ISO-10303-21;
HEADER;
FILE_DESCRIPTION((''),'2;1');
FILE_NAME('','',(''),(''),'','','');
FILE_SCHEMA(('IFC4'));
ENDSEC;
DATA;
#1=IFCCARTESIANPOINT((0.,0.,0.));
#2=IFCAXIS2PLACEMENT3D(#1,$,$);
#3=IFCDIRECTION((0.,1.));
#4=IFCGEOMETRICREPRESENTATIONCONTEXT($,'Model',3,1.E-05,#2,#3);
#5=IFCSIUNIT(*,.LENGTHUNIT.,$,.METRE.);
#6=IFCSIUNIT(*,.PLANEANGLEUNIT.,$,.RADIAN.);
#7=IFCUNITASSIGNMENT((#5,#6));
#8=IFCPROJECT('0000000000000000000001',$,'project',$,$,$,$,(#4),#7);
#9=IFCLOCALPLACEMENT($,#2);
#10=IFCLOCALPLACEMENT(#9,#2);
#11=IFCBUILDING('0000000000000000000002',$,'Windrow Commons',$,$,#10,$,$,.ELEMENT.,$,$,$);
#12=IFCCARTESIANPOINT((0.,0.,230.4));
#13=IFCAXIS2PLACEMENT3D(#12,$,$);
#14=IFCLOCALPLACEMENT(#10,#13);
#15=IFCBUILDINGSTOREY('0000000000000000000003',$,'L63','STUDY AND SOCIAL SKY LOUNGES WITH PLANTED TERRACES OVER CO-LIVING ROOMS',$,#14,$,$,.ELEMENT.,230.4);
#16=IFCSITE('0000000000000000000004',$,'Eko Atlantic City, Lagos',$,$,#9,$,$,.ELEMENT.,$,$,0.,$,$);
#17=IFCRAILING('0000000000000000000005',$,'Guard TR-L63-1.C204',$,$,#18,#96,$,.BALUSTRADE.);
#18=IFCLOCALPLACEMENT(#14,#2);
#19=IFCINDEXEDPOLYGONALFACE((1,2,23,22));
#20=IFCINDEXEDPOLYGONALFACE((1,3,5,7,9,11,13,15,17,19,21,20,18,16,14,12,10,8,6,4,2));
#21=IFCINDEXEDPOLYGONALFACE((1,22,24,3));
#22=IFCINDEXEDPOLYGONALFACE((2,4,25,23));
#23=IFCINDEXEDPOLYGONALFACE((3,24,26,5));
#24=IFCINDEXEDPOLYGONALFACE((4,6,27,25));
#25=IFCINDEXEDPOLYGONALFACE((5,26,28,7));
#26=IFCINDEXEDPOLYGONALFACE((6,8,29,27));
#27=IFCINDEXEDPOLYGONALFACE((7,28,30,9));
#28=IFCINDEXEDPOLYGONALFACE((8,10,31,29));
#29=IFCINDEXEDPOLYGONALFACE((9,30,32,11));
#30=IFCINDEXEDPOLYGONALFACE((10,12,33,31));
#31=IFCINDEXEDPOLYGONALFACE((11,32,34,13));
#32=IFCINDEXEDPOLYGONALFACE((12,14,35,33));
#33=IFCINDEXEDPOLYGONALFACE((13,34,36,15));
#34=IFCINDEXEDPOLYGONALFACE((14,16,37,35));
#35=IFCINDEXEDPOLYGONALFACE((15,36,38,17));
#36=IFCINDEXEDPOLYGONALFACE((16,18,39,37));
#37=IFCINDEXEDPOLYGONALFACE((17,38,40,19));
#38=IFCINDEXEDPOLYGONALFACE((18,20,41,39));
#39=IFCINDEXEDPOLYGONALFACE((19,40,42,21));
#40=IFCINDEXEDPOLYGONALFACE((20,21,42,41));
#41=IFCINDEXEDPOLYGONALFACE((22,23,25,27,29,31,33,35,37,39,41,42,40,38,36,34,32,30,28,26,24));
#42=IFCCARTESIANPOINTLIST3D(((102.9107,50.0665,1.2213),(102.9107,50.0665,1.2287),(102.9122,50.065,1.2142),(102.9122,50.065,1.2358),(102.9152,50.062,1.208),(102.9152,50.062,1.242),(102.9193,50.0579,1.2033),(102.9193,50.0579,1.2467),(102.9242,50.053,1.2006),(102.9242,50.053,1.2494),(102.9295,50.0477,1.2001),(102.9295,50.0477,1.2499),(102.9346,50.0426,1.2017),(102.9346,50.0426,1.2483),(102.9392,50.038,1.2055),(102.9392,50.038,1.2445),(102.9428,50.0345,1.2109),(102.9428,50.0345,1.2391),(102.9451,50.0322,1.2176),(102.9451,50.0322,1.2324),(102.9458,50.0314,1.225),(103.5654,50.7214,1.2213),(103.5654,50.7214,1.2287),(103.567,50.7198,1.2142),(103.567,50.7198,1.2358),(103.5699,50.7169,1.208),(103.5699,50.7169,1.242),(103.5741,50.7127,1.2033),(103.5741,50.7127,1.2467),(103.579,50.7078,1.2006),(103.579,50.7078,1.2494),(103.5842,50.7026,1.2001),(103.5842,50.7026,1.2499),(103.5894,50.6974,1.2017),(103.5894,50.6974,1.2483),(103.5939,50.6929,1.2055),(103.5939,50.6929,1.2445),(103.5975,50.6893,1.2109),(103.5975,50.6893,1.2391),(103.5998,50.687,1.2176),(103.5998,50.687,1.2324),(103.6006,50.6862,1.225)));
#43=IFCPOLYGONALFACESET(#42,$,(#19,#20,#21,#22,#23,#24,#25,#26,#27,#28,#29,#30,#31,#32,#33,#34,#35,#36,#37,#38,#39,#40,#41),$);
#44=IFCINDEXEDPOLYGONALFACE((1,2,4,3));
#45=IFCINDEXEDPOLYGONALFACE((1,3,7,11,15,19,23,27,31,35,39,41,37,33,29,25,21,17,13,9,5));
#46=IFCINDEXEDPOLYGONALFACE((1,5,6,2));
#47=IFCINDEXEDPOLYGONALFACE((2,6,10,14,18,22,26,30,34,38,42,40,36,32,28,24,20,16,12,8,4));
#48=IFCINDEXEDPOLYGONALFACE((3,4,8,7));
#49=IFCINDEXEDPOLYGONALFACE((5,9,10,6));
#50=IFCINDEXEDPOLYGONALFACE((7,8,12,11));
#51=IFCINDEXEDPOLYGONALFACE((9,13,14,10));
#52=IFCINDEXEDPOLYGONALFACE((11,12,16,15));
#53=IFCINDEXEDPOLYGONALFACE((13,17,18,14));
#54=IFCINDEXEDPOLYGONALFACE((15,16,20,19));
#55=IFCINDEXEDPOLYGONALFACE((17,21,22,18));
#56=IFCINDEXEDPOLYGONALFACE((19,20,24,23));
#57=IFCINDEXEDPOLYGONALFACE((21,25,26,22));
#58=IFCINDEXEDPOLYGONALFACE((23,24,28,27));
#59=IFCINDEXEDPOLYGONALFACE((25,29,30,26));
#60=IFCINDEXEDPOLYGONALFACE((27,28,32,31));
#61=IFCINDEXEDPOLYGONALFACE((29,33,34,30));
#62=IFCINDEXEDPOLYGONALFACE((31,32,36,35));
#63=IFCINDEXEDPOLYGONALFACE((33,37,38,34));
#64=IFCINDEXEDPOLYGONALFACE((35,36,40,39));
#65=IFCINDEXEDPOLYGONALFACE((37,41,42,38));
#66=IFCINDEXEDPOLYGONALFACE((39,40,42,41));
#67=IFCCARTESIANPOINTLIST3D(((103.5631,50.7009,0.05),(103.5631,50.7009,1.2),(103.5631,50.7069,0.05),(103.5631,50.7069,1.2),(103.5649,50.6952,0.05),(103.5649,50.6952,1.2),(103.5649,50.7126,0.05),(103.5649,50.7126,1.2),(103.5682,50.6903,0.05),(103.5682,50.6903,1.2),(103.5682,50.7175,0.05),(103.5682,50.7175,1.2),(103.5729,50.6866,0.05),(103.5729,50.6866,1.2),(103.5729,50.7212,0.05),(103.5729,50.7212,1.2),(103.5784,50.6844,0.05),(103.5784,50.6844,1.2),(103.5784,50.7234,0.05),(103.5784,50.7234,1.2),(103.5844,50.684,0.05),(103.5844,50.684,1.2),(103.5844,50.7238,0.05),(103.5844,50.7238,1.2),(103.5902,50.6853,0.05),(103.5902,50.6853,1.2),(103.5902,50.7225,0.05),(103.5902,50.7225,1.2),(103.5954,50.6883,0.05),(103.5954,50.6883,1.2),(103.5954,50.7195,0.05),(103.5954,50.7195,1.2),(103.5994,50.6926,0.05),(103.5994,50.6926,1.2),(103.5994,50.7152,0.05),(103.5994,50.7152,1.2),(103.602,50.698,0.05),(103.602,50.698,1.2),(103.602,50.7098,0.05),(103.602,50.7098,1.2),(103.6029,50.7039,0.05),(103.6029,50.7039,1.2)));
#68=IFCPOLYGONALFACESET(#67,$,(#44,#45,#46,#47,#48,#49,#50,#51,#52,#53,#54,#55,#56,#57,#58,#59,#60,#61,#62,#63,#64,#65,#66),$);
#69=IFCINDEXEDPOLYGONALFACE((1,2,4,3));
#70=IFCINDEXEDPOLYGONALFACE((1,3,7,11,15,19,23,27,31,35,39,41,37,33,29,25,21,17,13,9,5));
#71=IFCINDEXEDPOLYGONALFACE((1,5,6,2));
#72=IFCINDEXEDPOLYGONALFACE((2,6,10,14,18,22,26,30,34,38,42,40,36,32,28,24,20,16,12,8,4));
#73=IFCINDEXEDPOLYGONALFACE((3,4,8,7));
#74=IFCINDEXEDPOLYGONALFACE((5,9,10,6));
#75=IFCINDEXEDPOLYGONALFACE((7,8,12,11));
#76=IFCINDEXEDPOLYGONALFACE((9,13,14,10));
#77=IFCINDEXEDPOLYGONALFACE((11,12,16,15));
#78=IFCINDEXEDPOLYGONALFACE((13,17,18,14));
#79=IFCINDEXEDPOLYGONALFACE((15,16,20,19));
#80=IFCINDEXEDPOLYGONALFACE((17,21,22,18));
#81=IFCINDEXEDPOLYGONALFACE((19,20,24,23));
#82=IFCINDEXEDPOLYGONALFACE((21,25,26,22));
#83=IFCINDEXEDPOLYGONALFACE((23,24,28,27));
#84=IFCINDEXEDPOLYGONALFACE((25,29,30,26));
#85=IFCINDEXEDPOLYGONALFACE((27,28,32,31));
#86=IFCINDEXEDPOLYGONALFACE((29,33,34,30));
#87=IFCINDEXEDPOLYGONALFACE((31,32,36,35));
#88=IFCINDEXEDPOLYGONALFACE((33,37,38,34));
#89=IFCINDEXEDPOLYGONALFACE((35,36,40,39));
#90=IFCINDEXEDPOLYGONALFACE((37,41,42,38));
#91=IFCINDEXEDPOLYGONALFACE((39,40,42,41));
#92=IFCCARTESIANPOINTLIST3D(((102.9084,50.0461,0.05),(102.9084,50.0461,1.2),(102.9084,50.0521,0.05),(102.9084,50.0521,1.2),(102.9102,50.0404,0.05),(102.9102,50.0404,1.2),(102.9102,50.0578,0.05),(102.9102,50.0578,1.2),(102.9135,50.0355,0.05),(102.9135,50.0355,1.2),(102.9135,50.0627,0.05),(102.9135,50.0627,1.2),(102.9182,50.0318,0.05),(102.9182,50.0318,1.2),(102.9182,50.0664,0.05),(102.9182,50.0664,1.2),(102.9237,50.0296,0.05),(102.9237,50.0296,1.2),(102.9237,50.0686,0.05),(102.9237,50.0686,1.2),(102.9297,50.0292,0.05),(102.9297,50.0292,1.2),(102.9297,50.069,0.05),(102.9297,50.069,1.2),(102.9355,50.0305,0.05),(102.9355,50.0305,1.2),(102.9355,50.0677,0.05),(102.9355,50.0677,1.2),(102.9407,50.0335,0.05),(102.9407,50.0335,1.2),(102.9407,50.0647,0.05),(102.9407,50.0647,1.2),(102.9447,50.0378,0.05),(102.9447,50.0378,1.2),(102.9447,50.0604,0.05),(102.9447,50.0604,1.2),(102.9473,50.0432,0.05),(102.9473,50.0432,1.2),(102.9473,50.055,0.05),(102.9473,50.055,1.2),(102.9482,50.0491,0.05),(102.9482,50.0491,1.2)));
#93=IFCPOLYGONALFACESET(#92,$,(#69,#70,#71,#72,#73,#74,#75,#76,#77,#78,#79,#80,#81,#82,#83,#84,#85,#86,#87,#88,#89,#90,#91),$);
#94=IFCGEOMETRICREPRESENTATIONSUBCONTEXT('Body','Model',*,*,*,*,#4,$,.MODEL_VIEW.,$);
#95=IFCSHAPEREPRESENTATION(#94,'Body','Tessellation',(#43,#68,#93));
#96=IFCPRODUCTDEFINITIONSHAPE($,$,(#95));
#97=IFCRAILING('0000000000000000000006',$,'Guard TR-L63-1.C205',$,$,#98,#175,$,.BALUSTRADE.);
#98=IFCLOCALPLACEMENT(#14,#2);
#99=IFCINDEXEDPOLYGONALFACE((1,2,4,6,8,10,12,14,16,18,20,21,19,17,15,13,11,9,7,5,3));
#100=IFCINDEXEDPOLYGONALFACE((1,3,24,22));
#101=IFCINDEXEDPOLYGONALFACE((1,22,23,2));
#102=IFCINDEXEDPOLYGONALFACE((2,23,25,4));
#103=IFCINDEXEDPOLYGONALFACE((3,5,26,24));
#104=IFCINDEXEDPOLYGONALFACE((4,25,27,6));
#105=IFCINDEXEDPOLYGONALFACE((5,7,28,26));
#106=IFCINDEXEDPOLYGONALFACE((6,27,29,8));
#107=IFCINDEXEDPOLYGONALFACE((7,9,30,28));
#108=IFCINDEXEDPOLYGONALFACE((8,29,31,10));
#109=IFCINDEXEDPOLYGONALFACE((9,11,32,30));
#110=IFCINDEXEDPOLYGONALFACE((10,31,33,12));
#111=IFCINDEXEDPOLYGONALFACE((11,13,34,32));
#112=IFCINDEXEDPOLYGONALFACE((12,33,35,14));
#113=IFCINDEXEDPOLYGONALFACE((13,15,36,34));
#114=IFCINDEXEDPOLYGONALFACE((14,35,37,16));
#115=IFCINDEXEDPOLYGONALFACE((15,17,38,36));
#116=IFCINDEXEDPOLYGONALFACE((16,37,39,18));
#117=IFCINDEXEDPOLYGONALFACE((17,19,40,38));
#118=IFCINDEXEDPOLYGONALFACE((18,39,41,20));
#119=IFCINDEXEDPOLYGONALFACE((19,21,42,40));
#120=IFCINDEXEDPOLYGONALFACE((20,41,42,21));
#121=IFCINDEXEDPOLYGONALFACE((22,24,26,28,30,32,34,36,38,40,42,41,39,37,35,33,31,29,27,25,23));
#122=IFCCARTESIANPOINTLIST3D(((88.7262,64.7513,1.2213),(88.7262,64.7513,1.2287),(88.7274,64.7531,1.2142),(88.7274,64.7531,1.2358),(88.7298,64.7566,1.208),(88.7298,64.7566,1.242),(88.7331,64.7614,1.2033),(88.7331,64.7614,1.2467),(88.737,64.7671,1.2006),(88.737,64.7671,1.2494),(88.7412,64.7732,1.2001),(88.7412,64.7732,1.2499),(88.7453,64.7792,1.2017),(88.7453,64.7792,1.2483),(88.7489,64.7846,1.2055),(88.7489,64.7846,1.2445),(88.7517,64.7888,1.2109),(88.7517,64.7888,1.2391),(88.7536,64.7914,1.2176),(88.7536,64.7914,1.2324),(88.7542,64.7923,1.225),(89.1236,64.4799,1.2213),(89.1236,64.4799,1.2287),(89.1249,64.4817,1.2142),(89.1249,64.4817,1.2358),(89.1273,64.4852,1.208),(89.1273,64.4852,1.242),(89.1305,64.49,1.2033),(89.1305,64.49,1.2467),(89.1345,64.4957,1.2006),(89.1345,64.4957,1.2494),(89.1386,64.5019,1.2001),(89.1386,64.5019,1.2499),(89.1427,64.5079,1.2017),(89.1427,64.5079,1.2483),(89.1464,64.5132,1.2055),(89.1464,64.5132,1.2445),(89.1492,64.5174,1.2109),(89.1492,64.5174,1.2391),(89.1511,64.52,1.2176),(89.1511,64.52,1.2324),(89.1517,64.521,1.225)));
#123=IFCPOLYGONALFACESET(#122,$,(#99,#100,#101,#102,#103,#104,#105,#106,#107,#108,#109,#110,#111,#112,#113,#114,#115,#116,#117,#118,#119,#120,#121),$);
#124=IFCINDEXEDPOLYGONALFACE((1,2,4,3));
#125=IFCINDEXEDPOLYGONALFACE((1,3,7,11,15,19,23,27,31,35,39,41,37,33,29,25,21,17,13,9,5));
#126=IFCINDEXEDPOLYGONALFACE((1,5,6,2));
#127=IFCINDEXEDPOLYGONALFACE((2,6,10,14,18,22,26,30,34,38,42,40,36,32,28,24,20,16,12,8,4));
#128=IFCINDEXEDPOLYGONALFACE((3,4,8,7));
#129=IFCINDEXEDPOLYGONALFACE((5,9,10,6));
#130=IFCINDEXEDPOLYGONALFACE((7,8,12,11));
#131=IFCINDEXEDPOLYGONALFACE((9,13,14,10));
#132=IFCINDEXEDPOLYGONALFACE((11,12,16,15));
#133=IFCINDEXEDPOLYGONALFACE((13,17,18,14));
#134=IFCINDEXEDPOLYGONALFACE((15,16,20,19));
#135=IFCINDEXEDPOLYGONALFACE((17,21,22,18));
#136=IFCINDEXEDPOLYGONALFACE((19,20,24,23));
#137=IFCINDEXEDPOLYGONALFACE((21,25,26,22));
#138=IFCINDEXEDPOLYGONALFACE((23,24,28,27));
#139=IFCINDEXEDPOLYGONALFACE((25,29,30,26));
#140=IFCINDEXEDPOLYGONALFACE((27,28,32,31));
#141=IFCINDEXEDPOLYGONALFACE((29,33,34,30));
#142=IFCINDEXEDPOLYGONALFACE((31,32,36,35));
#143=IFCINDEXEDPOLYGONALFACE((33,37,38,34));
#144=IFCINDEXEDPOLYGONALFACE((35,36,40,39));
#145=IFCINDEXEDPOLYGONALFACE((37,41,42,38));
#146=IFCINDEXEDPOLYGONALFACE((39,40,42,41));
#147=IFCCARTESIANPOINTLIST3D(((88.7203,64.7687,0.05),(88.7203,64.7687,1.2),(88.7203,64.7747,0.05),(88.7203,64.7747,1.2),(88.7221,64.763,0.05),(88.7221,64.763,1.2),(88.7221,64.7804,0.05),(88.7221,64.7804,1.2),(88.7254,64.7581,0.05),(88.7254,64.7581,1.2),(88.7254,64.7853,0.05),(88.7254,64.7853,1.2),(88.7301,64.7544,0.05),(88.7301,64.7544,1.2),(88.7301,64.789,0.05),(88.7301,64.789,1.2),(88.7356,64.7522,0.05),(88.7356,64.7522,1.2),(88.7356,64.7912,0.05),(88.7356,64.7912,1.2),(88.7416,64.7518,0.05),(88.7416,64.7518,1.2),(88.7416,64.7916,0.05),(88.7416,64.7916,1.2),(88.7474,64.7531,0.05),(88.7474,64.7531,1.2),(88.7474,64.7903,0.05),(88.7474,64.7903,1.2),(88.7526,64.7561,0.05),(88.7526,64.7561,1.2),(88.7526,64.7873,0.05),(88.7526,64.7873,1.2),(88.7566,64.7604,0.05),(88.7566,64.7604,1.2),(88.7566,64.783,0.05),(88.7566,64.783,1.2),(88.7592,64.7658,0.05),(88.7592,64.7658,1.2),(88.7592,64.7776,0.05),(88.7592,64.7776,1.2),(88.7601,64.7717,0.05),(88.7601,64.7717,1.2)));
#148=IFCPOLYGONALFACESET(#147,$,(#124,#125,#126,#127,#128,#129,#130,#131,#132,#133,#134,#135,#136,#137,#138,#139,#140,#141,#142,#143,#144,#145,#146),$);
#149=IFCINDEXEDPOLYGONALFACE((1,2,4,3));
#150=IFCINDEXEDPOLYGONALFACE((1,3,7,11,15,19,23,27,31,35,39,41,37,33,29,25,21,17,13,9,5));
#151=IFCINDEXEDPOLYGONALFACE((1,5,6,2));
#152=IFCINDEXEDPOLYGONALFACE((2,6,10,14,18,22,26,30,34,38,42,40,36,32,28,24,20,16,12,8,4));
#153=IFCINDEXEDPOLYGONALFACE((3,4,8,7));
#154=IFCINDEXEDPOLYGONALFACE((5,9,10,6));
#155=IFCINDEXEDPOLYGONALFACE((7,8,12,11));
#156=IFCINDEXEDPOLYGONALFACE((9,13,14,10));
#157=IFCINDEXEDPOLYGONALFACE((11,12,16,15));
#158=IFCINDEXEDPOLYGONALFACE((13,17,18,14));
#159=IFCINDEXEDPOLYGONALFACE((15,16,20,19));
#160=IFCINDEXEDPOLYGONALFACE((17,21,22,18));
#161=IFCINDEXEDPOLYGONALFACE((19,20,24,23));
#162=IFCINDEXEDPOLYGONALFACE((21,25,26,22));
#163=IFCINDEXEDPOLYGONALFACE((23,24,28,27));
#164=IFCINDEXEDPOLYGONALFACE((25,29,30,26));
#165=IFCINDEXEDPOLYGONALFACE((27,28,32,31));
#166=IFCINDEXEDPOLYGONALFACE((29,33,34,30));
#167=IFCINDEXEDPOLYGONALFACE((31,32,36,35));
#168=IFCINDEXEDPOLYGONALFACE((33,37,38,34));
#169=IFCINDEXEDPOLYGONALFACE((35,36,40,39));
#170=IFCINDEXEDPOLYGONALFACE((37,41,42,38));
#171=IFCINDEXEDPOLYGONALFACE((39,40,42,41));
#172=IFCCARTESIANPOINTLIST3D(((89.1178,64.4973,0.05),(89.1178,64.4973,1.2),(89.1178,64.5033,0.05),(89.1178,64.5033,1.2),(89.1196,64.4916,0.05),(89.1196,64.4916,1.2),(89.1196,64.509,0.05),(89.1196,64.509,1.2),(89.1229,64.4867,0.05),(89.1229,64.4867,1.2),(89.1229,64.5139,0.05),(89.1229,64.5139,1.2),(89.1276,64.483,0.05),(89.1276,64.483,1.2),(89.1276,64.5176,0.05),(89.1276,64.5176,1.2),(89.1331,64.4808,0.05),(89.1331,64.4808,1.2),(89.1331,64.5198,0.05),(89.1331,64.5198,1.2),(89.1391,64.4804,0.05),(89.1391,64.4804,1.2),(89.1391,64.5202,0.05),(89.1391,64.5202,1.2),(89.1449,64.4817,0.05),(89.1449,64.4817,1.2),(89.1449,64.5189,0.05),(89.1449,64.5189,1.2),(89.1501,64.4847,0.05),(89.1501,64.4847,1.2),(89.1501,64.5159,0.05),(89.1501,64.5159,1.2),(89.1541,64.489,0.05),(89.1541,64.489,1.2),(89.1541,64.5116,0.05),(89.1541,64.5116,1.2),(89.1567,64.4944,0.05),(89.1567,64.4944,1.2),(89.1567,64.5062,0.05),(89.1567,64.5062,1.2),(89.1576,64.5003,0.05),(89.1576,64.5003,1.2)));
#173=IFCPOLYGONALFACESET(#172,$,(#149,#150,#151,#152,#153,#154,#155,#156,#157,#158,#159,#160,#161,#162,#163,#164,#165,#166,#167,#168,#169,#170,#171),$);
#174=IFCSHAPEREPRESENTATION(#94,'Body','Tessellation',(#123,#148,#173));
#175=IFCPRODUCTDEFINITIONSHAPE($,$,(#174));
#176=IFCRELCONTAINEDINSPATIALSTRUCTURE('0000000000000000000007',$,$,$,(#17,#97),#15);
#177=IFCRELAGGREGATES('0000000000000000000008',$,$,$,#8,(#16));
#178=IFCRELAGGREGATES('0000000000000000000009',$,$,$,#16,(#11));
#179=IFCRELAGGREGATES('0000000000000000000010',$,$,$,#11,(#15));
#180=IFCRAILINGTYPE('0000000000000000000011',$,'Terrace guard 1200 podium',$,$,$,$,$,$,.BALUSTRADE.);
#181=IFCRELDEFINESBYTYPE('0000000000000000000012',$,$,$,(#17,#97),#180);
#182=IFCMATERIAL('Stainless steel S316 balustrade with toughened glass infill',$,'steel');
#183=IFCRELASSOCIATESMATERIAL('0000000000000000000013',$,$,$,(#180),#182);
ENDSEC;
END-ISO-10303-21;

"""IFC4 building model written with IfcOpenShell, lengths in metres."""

from ifc_helpers import new_model, si_unit, direction, frame, origin, origin_2d, place, context, subcontext, project, spatial, circle, extrude, material, type_object, element, save


model = new_model("IFC4")

# Units and contexts
model_context = context("Model", 3, precision=1e-05, world=origin(), true_north=direction((0.0, 1.0)))
body_context = subcontext(model_context, "Body", "Model", "MODEL_VIEW")
ifc_project = project(units=[si_unit("LENGTHUNIT", "METRE"), si_unit("PLANEANGLEUNIT", "RADIAN")], contexts=[model_context])

# Site, building, storey
site_placement = place(None, origin())
site = spatial("IfcSite", under=ifc_project, at=site_placement, Name="Eko Atlantic City, Lagos", CompositionType="ELEMENT", RefElevation=0.0)
building_placement = place(site_placement, origin())
building = spatial("IfcBuilding", under=site, at=building_placement, Name="Windrow Commons", CompositionType="ELEMENT")
storey_placement = place(building_placement, frame((0.0, 0.0, 230.4)))
storey = spatial("IfcBuildingStorey", under=building, at=storey_placement, Name="L63", Description="STUDY AND SOCIAL SKY LOUNGES WITH PLANTED TERRACES OVER CO-LIVING ROOMS", CompositionType="ELEMENT", Elevation=230.4)

# Railings
ifc_material_1 = material(Name="Stainless steel S316 balustrade with toughened glass infill", Category="steel")
railing_type_1 = type_object("IfcRailingType", Name="Terrace guard 1200 podium", PredefinedType="BALUSTRADE", material=ifc_material_1)
railing_1_placement = place(storey_placement, frame((103.5829, 50.7039, 0.05)))
element("IfcRailing", 1, at=railing_1_placement, inside=storey, type_object=railing_type_1, Name="Guard TR-L63-1.C204", PredefinedType="BALUSTRADE", context=body_context, shape_type="SweptSolid", body=[
    extrude(circle(Radius=0.025, at=origin_2d()), frame((0.0, 0.0, 1.175), z_axis=(-0.707053, -0.707161, 0.0), x_axis=(0.707161, -0.707053, 0.0)), (0.0, 0.0, 1.0), 0.926),
    extrude(circle(Radius=0.02, at=origin_2d()), origin(), (0.0, 0.0, 1.0), 1.15),
    extrude(circle(Radius=0.02, at=origin_2d()), frame((-0.6547, -0.6548, 0.0)), (0.0, 0.0, 1.0), 1.15),
])
railing_2_placement = place(storey_placement, frame((88.7401, 64.7717, 0.05)))
element("IfcRailing", 2, at=railing_2_placement, inside=storey, type_object=railing_type_1, Name="Guard TR-L63-1.C205", PredefinedType="BALUSTRADE", context=body_context, shape_type="SweptSolid", body=[
    extrude(circle(Radius=0.025, at=origin_2d()), frame((0.0, 0.0, 1.175), z_axis=(0.825862, -0.563872, 0.0), x_axis=(0.563872, 0.825862, 0.0)), (0.0, 0.0, 1.0), 0.4813),
    extrude(circle(Radius=0.02, at=origin_2d()), origin(), (0.0, 0.0, 1.0), 1.15),
    extrude(circle(Radius=0.02, at=origin_2d()), frame((0.3975, -0.2714, 0.0)), (0.0, 0.0, 1.0), 1.15),
])

save(model, "model.ifc")
